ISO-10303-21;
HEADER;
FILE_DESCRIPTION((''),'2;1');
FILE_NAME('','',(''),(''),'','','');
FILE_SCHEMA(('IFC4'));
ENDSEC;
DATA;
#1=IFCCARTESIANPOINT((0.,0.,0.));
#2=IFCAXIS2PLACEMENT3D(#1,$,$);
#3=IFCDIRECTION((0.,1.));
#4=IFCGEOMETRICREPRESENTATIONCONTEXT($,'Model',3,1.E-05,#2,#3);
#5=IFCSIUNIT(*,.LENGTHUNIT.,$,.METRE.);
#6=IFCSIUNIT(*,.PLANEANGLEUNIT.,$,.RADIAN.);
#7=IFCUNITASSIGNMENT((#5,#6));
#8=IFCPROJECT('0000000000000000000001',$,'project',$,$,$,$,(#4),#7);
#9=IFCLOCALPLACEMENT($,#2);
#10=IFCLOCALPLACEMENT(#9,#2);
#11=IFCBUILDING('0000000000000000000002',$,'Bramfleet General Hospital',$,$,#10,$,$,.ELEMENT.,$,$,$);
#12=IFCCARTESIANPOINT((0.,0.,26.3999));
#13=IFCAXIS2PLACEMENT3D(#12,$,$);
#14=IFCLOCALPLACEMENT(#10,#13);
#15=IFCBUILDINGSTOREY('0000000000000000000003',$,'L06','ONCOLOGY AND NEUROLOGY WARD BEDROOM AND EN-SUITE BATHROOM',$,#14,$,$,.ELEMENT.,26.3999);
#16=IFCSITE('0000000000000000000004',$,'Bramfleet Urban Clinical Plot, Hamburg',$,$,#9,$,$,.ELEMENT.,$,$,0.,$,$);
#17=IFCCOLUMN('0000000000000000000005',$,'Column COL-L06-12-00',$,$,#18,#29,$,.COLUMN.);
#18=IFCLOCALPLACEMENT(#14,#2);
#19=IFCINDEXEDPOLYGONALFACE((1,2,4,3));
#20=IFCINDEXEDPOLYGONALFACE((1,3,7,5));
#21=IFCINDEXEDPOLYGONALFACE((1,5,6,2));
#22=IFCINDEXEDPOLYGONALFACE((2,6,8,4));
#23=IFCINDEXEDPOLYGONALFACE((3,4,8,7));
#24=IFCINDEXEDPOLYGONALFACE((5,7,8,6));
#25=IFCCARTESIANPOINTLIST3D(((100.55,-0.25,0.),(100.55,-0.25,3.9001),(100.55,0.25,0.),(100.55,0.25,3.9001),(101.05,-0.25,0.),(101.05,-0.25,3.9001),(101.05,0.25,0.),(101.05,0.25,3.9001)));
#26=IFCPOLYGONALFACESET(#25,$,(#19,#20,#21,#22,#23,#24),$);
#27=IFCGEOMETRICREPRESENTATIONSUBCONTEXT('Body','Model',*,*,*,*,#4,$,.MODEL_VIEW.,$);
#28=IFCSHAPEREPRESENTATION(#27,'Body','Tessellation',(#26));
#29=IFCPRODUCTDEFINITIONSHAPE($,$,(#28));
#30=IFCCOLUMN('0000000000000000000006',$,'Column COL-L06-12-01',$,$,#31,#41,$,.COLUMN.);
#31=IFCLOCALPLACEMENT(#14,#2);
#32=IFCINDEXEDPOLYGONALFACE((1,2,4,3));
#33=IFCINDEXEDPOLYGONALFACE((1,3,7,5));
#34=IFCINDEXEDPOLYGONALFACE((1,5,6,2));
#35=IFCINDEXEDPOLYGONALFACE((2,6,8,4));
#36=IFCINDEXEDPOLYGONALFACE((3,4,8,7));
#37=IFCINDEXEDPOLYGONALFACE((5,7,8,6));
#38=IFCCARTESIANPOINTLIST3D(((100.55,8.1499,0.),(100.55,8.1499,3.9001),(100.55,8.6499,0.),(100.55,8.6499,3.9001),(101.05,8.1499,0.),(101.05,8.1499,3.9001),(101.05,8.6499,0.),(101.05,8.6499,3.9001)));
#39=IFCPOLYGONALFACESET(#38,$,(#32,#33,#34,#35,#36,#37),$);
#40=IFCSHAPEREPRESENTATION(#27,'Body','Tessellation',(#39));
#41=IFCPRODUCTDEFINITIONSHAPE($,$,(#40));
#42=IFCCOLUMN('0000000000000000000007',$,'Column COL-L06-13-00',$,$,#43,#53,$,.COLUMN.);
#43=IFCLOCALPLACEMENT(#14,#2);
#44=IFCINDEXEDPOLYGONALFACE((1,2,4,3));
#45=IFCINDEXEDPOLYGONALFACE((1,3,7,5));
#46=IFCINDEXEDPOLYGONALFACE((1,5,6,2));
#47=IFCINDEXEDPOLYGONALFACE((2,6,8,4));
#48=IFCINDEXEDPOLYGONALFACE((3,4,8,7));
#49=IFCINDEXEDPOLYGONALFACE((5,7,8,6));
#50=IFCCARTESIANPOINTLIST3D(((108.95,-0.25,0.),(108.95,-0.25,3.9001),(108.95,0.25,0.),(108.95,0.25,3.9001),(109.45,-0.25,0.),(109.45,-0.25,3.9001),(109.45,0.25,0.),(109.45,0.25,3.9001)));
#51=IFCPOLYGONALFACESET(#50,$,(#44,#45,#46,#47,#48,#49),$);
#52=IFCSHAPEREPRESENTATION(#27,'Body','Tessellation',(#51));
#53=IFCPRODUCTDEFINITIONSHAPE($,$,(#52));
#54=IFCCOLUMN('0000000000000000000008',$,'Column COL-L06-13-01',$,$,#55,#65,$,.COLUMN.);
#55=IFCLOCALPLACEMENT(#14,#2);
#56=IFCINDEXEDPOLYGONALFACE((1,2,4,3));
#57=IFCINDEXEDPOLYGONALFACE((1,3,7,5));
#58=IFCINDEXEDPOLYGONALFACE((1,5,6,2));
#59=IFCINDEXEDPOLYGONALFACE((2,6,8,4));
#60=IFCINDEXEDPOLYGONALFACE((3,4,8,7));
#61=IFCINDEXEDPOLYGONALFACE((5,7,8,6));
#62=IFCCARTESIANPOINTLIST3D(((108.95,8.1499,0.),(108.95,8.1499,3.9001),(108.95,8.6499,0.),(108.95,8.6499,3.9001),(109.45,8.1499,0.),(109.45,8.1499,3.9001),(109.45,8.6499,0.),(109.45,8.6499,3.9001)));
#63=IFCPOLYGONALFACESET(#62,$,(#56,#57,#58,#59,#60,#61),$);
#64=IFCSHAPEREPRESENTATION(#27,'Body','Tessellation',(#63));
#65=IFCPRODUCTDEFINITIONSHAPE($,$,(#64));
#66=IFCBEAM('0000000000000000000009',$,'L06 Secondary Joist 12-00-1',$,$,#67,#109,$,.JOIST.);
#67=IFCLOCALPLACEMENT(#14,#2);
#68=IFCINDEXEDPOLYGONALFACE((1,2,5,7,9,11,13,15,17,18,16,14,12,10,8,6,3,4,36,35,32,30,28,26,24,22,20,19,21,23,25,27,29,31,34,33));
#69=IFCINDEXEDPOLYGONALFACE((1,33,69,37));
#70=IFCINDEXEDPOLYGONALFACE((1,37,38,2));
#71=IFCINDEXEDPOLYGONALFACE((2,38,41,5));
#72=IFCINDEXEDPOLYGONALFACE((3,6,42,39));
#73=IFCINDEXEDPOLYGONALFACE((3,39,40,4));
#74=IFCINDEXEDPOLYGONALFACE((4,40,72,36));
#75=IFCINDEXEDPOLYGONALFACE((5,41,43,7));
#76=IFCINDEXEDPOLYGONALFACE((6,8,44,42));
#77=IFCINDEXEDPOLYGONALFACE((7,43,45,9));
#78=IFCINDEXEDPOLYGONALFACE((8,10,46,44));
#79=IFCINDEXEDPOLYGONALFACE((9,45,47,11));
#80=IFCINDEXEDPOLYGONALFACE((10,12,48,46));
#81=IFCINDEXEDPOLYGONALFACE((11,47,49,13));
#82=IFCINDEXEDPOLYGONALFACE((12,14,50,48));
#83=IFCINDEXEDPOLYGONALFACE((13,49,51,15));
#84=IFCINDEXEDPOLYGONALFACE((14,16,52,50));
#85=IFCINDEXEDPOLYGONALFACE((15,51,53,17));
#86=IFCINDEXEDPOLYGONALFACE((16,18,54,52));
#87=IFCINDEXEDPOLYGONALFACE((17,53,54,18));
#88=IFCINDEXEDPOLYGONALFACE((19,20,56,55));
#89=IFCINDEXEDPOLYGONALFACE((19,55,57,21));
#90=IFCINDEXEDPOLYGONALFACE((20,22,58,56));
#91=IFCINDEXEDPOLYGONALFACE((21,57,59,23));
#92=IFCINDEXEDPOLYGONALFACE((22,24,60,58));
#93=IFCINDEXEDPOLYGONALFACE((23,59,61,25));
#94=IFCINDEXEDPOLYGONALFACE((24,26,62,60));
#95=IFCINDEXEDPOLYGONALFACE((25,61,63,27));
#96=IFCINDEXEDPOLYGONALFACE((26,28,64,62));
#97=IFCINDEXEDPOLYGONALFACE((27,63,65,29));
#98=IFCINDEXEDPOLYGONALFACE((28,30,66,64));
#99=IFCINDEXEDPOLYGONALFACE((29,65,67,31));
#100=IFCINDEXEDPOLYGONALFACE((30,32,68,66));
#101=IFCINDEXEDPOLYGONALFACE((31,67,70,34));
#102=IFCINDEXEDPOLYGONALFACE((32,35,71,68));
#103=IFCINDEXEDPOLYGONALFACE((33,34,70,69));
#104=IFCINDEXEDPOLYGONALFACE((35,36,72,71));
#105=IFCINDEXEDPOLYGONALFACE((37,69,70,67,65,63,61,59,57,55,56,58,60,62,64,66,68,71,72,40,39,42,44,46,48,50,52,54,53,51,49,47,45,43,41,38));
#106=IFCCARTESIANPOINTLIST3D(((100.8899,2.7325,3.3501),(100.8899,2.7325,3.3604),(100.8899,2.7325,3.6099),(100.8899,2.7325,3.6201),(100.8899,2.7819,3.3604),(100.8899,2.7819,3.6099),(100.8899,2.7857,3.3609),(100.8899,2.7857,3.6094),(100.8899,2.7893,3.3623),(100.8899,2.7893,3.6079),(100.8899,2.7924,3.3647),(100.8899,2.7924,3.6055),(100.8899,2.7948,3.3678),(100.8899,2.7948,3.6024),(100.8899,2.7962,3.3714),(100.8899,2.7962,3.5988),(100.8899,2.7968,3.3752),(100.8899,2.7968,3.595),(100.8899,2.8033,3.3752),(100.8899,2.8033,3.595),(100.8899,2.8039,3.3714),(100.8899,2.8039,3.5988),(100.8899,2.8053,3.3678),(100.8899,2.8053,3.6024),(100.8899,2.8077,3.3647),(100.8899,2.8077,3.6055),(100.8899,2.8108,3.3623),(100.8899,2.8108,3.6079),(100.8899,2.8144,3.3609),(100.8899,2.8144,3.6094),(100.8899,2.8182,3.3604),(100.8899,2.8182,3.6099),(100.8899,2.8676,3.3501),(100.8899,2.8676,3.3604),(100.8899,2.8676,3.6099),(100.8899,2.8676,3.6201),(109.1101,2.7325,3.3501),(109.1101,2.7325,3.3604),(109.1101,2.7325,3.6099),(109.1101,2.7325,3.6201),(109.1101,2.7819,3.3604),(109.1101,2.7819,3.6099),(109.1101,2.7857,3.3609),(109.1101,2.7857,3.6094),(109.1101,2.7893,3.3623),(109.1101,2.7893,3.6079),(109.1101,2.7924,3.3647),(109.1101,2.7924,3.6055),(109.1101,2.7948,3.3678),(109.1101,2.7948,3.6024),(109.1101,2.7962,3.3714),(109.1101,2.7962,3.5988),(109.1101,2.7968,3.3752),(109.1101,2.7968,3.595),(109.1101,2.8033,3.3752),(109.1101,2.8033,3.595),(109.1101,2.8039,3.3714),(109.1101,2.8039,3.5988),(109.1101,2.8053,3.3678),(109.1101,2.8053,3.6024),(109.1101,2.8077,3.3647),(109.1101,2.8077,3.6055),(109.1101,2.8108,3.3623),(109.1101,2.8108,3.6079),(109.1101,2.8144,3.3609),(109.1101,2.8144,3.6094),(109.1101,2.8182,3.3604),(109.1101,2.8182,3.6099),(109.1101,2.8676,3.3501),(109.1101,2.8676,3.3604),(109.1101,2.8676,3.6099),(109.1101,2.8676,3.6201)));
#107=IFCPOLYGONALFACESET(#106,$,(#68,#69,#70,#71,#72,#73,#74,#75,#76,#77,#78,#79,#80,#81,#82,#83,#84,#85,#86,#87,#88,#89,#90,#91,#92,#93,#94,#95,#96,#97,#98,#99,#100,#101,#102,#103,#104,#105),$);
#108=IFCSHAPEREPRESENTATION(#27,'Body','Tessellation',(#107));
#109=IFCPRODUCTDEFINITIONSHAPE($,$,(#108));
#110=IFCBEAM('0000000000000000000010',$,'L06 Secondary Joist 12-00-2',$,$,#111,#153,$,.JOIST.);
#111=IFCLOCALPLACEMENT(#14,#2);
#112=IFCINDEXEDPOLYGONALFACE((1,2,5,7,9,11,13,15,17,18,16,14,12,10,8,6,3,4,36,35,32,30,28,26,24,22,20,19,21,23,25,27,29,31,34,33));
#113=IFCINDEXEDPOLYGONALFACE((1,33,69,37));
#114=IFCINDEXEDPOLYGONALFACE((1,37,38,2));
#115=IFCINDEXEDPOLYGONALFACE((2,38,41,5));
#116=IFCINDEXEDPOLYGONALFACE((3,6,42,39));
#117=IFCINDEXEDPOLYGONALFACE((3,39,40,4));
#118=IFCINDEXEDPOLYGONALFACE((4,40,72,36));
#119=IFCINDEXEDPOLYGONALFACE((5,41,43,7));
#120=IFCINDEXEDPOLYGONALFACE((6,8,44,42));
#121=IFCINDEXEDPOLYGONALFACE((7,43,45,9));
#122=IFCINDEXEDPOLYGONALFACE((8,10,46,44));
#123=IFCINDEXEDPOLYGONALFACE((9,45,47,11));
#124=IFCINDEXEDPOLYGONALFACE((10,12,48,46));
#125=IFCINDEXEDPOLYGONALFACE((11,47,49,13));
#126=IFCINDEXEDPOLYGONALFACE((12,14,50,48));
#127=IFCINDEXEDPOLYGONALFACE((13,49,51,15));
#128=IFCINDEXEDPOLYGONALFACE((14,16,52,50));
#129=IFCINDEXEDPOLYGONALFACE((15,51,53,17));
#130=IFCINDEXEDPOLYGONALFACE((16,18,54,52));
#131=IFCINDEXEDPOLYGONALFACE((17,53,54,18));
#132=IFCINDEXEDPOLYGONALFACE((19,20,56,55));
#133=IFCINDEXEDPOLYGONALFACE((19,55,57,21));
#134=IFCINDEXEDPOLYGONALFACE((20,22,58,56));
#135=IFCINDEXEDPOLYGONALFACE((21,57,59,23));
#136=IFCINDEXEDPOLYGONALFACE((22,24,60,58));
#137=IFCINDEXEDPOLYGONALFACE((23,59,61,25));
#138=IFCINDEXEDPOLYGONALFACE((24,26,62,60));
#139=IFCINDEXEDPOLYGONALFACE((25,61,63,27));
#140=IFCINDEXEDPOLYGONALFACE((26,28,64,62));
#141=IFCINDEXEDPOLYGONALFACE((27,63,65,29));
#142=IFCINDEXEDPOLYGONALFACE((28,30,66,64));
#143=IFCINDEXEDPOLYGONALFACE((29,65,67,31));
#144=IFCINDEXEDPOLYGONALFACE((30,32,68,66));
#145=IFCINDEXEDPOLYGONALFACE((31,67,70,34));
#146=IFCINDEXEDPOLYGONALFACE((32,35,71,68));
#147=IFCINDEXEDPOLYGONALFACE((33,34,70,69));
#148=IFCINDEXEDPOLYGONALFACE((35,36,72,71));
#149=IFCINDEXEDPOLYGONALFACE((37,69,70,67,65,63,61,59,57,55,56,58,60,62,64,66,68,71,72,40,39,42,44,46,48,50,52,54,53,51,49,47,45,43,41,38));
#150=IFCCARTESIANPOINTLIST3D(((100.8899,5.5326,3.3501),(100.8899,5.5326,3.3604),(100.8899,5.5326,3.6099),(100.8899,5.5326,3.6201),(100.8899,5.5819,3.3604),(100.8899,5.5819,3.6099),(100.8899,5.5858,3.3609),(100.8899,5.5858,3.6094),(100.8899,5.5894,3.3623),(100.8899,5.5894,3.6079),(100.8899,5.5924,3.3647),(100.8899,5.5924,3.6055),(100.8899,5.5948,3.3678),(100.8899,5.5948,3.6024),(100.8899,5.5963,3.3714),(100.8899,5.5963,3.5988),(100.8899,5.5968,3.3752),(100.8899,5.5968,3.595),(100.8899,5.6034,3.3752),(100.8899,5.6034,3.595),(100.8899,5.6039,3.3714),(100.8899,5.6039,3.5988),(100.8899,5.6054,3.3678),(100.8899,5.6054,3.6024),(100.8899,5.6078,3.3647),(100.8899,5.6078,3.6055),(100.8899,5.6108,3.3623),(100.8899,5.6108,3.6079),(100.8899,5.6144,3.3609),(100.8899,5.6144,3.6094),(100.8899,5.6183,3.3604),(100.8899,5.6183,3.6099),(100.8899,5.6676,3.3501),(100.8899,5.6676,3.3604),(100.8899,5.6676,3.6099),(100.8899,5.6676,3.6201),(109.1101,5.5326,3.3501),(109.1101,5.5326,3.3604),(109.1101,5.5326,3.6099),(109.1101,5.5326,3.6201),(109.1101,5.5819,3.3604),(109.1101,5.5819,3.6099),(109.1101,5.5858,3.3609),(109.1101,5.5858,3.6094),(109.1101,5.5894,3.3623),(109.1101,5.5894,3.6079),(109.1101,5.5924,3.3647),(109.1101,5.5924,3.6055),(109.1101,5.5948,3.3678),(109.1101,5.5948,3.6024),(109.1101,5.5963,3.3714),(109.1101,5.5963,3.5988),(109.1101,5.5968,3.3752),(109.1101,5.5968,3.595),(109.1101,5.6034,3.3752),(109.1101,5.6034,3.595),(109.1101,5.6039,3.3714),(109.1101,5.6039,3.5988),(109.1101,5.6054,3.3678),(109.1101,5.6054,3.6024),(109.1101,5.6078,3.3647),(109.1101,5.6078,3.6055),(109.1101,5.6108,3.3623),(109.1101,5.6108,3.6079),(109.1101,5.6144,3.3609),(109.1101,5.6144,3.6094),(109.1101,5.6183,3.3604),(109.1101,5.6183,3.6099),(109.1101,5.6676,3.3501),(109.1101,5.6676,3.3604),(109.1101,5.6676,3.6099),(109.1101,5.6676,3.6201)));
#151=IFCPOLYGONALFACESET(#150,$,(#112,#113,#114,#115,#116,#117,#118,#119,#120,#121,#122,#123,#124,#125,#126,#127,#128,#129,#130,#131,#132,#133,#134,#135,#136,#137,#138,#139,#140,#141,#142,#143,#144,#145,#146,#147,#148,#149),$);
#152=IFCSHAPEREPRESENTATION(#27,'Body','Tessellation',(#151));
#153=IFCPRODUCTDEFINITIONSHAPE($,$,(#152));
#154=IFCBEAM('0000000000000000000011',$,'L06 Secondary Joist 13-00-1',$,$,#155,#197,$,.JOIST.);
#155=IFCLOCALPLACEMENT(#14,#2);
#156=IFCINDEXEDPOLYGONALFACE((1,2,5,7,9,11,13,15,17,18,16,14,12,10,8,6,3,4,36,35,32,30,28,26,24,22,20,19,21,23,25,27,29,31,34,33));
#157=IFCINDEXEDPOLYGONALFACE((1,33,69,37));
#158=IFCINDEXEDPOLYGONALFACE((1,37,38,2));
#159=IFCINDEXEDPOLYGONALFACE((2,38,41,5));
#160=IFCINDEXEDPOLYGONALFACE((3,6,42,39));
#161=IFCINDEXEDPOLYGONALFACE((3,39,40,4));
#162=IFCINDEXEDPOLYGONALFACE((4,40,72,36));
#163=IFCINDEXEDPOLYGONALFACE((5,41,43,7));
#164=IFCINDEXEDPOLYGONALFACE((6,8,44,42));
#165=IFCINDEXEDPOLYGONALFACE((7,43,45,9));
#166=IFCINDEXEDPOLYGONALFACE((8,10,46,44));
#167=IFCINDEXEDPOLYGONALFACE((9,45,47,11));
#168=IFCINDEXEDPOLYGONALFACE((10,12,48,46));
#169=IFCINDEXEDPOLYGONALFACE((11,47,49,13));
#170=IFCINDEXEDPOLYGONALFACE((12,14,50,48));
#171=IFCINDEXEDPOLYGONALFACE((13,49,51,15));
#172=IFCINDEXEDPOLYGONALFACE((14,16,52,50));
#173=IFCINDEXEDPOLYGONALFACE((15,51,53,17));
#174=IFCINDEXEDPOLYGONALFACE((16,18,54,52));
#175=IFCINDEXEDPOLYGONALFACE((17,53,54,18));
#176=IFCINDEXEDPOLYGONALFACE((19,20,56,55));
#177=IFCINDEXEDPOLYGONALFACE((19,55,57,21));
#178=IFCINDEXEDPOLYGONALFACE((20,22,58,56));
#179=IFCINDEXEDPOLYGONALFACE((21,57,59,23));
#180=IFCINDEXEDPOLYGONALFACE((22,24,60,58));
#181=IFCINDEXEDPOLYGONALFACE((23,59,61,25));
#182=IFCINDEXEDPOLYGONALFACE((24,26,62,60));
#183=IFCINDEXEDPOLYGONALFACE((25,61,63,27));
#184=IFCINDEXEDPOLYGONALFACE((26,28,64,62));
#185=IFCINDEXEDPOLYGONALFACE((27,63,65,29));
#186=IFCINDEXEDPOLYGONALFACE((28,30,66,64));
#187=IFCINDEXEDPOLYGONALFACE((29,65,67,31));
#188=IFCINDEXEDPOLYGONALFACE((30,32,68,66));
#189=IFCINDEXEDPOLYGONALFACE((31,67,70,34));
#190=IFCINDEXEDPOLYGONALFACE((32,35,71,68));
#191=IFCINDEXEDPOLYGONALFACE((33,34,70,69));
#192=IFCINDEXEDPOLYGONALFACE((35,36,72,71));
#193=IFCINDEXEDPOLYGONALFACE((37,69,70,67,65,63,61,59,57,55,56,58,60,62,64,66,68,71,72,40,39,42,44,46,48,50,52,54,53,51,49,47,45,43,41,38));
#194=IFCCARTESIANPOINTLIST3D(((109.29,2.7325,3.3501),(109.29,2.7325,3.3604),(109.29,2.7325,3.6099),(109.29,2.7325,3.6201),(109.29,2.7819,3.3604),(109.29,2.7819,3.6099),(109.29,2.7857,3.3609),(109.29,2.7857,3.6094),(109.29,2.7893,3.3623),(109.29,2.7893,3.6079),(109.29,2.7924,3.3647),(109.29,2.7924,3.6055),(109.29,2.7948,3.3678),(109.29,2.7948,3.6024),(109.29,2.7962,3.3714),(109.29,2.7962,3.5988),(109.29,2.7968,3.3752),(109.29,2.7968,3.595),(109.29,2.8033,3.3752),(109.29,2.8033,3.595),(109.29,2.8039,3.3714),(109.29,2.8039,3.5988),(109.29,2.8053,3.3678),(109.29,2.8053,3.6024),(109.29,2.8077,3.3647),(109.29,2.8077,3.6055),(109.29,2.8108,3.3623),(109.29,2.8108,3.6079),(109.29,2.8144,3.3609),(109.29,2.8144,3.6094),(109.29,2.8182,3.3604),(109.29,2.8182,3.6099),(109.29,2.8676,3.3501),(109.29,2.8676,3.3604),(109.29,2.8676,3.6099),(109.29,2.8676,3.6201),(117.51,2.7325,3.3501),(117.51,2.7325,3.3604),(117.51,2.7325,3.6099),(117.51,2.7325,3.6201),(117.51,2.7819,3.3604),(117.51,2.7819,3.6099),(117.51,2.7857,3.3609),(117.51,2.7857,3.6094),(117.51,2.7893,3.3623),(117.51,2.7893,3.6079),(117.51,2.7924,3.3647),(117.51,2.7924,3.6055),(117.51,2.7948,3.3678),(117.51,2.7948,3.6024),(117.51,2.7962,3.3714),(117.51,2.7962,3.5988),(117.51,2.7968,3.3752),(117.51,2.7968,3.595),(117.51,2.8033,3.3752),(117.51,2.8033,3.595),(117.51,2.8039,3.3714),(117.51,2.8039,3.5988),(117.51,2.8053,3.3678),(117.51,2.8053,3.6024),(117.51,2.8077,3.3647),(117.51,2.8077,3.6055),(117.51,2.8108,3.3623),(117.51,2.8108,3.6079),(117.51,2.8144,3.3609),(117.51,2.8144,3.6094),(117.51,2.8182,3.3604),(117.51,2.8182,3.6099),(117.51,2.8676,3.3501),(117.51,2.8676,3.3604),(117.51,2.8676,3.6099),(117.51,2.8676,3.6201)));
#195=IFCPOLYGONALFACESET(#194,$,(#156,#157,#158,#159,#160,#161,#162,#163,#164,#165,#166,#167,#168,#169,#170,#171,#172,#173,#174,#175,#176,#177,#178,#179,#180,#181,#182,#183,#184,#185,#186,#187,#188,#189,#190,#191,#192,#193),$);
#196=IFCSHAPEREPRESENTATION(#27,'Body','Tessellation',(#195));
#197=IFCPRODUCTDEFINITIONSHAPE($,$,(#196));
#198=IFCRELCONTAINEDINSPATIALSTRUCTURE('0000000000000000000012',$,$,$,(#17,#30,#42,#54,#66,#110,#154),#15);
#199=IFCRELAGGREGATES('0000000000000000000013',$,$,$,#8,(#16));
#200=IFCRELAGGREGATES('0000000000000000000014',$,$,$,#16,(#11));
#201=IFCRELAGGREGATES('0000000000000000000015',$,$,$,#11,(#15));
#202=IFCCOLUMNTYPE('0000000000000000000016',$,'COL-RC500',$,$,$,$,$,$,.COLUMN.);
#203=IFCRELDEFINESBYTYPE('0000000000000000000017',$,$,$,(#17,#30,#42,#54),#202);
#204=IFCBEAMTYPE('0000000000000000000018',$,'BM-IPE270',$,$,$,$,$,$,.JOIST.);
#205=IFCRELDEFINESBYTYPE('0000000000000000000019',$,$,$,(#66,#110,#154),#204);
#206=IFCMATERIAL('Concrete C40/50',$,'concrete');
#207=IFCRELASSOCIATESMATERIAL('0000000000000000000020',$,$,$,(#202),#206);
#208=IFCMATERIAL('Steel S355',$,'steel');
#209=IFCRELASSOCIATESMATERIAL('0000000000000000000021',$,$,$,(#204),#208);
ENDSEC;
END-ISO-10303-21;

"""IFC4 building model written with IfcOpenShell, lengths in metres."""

from ifc_helpers import new_model, si_unit, direction, frame, origin, origin_2d, place, context, subcontext, project, spatial, rectangle, i_section, extrude, material, material_profile, profile_set, type_object, element, save


model = new_model("IFC4")

# Units and contexts
model_context = context("Model", 3, precision=1e-05, world=origin(), true_north=direction((0.0, 1.0)))
body_context = subcontext(model_context, "Body", "Model", "MODEL_VIEW")
ifc_project = project(units=[si_unit("LENGTHUNIT", "METRE"), si_unit("PLANEANGLEUNIT", "RADIAN")], contexts=[model_context])

# Site, building, storey
site_placement = place(None, origin())
site = spatial("IfcSite", under=ifc_project, at=site_placement, Name="Bramfleet Urban Clinical Plot, Hamburg", CompositionType="ELEMENT", RefElevation=0.0)
building_placement = place(site_placement, origin())
building = spatial("IfcBuilding", under=site, at=building_placement, Name="Bramfleet General Hospital", CompositionType="ELEMENT")
storey_placement = place(building_placement, frame((0.0, 0.0, 26.3999)))
storey = spatial("IfcBuildingStorey", under=building, at=storey_placement, Name="L06", Description="ONCOLOGY AND NEUROLOGY WARD BEDROOM AND EN-SUITE BATHROOM", CompositionType="ELEMENT", Elevation=26.3999)

# Columns
ifc_material_1 = material(Name="Concrete C40/50", Category="concrete")
ifc_material_profile_1 = material_profile(ifc_material_1, rectangle(XDim=0.5, YDim=0.5, at=origin_2d()), Name="RC COL 500x500")
ifc_profile_set_1 = profile_set([ifc_material_profile_1], Name="Concrete C40/50")
column_type = type_object("IfcColumnType", Name="COL-RC500", PredefinedType="COLUMN", material=ifc_profile_set_1)
for number, where, z_axis, x_axis, name in (
    (1, (100.8, 0.0, 0.0), (0.0, 0.0, 1.0), (1.0, 0.0, 0.0), "Column COL-L06-12-00"),
    (2, (100.8, 8.3999, 0.0), (0.0, 0.0, 1.0), (1.0, 0.0, 0.0), "Column COL-L06-12-01"),
    (3, (109.2, 0.0, 0.0), (0.0, 0.0, 1.0), (1.0, 0.0, 0.0), "Column COL-L06-13-00"),
    (4, (109.2, 8.3999, 0.0), (0.0, 0.0, 1.0), (1.0, 0.0, 0.0), "Column COL-L06-13-01"),
):
    element("IfcColumn", number, at=place(storey_placement, frame(where, z_axis=z_axis, x_axis=x_axis)), inside=storey, type_object=column_type, Name=name, PredefinedType="COLUMN", context=body_context, shape_type="SweptSolid", body=[
        extrude(rectangle(XDim=0.5, YDim=0.5, at=origin_2d()), origin(), (0.0, 0.0, 1.0), 3.9001),
    ])

# Beams
ifc_material_2 = material(Name="Steel S355", Category="steel")
ifc_material_profile_2 = material_profile(ifc_material_2, i_section(OverallWidth=0.135, OverallDepth=0.27, WebThickness=0.0066, FlangeThickness=0.0103, FilletRadius=0.0149, at=origin_2d()), Name="IPE 270")
ifc_profile_set_2 = profile_set([ifc_material_profile_2], Name="Steel S355")
beam_type_1 = type_object("IfcBeamType", Name="BM-IPE270", PredefinedType="JOIST", material=ifc_profile_set_2)
for number, where, z_axis, x_axis, name in (
    (5, (100.8899, 2.8, 3.4851), (1.0, 0.0, 0.0), (0.0, 1.0, 0.0), "L06 Secondary Joist 12-00-1"),
    (6, (100.8899, 5.6001, 3.4851), (1.0, 0.0, 0.0), (0.0, 1.0, 0.0), "L06 Secondary Joist 12-00-2"),
):
    element("IfcBeam", number, at=place(storey_placement, frame(where, z_axis=z_axis, x_axis=x_axis)), inside=storey, type_object=beam_type_1, Name=name, PredefinedType="JOIST", context=body_context, shape_type="SweptSolid", body=[
        extrude(i_section(OverallWidth=0.135, OverallDepth=0.27, WebThickness=0.0066, FlangeThickness=0.0103, FilletRadius=0.0149, at=origin_2d()), origin(), (0.0, 0.0, 1.0), 8.2202),
    ])
for number, where, z_axis, x_axis, name in (
    (7, (109.29, 2.8, 3.4851), (1.0, 0.0, 0.0), (0.0, 1.0, 0.0), "L06 Secondary Joist 13-00-1"),
):
    element("IfcBeam", number, at=place(storey_placement, frame(where, z_axis=z_axis, x_axis=x_axis)), inside=storey, type_object=beam_type_1, Name=name, PredefinedType="JOIST", context=body_context, shape_type="SweptSolid", body=[
        extrude(i_section(OverallWidth=0.135, OverallDepth=0.27, WebThickness=0.0066, FlangeThickness=0.0103, FilletRadius=0.0149, at=origin_2d()), origin(), (0.0, 0.0, 1.0), 8.22),
    ])

save(model, "model.ifc")
